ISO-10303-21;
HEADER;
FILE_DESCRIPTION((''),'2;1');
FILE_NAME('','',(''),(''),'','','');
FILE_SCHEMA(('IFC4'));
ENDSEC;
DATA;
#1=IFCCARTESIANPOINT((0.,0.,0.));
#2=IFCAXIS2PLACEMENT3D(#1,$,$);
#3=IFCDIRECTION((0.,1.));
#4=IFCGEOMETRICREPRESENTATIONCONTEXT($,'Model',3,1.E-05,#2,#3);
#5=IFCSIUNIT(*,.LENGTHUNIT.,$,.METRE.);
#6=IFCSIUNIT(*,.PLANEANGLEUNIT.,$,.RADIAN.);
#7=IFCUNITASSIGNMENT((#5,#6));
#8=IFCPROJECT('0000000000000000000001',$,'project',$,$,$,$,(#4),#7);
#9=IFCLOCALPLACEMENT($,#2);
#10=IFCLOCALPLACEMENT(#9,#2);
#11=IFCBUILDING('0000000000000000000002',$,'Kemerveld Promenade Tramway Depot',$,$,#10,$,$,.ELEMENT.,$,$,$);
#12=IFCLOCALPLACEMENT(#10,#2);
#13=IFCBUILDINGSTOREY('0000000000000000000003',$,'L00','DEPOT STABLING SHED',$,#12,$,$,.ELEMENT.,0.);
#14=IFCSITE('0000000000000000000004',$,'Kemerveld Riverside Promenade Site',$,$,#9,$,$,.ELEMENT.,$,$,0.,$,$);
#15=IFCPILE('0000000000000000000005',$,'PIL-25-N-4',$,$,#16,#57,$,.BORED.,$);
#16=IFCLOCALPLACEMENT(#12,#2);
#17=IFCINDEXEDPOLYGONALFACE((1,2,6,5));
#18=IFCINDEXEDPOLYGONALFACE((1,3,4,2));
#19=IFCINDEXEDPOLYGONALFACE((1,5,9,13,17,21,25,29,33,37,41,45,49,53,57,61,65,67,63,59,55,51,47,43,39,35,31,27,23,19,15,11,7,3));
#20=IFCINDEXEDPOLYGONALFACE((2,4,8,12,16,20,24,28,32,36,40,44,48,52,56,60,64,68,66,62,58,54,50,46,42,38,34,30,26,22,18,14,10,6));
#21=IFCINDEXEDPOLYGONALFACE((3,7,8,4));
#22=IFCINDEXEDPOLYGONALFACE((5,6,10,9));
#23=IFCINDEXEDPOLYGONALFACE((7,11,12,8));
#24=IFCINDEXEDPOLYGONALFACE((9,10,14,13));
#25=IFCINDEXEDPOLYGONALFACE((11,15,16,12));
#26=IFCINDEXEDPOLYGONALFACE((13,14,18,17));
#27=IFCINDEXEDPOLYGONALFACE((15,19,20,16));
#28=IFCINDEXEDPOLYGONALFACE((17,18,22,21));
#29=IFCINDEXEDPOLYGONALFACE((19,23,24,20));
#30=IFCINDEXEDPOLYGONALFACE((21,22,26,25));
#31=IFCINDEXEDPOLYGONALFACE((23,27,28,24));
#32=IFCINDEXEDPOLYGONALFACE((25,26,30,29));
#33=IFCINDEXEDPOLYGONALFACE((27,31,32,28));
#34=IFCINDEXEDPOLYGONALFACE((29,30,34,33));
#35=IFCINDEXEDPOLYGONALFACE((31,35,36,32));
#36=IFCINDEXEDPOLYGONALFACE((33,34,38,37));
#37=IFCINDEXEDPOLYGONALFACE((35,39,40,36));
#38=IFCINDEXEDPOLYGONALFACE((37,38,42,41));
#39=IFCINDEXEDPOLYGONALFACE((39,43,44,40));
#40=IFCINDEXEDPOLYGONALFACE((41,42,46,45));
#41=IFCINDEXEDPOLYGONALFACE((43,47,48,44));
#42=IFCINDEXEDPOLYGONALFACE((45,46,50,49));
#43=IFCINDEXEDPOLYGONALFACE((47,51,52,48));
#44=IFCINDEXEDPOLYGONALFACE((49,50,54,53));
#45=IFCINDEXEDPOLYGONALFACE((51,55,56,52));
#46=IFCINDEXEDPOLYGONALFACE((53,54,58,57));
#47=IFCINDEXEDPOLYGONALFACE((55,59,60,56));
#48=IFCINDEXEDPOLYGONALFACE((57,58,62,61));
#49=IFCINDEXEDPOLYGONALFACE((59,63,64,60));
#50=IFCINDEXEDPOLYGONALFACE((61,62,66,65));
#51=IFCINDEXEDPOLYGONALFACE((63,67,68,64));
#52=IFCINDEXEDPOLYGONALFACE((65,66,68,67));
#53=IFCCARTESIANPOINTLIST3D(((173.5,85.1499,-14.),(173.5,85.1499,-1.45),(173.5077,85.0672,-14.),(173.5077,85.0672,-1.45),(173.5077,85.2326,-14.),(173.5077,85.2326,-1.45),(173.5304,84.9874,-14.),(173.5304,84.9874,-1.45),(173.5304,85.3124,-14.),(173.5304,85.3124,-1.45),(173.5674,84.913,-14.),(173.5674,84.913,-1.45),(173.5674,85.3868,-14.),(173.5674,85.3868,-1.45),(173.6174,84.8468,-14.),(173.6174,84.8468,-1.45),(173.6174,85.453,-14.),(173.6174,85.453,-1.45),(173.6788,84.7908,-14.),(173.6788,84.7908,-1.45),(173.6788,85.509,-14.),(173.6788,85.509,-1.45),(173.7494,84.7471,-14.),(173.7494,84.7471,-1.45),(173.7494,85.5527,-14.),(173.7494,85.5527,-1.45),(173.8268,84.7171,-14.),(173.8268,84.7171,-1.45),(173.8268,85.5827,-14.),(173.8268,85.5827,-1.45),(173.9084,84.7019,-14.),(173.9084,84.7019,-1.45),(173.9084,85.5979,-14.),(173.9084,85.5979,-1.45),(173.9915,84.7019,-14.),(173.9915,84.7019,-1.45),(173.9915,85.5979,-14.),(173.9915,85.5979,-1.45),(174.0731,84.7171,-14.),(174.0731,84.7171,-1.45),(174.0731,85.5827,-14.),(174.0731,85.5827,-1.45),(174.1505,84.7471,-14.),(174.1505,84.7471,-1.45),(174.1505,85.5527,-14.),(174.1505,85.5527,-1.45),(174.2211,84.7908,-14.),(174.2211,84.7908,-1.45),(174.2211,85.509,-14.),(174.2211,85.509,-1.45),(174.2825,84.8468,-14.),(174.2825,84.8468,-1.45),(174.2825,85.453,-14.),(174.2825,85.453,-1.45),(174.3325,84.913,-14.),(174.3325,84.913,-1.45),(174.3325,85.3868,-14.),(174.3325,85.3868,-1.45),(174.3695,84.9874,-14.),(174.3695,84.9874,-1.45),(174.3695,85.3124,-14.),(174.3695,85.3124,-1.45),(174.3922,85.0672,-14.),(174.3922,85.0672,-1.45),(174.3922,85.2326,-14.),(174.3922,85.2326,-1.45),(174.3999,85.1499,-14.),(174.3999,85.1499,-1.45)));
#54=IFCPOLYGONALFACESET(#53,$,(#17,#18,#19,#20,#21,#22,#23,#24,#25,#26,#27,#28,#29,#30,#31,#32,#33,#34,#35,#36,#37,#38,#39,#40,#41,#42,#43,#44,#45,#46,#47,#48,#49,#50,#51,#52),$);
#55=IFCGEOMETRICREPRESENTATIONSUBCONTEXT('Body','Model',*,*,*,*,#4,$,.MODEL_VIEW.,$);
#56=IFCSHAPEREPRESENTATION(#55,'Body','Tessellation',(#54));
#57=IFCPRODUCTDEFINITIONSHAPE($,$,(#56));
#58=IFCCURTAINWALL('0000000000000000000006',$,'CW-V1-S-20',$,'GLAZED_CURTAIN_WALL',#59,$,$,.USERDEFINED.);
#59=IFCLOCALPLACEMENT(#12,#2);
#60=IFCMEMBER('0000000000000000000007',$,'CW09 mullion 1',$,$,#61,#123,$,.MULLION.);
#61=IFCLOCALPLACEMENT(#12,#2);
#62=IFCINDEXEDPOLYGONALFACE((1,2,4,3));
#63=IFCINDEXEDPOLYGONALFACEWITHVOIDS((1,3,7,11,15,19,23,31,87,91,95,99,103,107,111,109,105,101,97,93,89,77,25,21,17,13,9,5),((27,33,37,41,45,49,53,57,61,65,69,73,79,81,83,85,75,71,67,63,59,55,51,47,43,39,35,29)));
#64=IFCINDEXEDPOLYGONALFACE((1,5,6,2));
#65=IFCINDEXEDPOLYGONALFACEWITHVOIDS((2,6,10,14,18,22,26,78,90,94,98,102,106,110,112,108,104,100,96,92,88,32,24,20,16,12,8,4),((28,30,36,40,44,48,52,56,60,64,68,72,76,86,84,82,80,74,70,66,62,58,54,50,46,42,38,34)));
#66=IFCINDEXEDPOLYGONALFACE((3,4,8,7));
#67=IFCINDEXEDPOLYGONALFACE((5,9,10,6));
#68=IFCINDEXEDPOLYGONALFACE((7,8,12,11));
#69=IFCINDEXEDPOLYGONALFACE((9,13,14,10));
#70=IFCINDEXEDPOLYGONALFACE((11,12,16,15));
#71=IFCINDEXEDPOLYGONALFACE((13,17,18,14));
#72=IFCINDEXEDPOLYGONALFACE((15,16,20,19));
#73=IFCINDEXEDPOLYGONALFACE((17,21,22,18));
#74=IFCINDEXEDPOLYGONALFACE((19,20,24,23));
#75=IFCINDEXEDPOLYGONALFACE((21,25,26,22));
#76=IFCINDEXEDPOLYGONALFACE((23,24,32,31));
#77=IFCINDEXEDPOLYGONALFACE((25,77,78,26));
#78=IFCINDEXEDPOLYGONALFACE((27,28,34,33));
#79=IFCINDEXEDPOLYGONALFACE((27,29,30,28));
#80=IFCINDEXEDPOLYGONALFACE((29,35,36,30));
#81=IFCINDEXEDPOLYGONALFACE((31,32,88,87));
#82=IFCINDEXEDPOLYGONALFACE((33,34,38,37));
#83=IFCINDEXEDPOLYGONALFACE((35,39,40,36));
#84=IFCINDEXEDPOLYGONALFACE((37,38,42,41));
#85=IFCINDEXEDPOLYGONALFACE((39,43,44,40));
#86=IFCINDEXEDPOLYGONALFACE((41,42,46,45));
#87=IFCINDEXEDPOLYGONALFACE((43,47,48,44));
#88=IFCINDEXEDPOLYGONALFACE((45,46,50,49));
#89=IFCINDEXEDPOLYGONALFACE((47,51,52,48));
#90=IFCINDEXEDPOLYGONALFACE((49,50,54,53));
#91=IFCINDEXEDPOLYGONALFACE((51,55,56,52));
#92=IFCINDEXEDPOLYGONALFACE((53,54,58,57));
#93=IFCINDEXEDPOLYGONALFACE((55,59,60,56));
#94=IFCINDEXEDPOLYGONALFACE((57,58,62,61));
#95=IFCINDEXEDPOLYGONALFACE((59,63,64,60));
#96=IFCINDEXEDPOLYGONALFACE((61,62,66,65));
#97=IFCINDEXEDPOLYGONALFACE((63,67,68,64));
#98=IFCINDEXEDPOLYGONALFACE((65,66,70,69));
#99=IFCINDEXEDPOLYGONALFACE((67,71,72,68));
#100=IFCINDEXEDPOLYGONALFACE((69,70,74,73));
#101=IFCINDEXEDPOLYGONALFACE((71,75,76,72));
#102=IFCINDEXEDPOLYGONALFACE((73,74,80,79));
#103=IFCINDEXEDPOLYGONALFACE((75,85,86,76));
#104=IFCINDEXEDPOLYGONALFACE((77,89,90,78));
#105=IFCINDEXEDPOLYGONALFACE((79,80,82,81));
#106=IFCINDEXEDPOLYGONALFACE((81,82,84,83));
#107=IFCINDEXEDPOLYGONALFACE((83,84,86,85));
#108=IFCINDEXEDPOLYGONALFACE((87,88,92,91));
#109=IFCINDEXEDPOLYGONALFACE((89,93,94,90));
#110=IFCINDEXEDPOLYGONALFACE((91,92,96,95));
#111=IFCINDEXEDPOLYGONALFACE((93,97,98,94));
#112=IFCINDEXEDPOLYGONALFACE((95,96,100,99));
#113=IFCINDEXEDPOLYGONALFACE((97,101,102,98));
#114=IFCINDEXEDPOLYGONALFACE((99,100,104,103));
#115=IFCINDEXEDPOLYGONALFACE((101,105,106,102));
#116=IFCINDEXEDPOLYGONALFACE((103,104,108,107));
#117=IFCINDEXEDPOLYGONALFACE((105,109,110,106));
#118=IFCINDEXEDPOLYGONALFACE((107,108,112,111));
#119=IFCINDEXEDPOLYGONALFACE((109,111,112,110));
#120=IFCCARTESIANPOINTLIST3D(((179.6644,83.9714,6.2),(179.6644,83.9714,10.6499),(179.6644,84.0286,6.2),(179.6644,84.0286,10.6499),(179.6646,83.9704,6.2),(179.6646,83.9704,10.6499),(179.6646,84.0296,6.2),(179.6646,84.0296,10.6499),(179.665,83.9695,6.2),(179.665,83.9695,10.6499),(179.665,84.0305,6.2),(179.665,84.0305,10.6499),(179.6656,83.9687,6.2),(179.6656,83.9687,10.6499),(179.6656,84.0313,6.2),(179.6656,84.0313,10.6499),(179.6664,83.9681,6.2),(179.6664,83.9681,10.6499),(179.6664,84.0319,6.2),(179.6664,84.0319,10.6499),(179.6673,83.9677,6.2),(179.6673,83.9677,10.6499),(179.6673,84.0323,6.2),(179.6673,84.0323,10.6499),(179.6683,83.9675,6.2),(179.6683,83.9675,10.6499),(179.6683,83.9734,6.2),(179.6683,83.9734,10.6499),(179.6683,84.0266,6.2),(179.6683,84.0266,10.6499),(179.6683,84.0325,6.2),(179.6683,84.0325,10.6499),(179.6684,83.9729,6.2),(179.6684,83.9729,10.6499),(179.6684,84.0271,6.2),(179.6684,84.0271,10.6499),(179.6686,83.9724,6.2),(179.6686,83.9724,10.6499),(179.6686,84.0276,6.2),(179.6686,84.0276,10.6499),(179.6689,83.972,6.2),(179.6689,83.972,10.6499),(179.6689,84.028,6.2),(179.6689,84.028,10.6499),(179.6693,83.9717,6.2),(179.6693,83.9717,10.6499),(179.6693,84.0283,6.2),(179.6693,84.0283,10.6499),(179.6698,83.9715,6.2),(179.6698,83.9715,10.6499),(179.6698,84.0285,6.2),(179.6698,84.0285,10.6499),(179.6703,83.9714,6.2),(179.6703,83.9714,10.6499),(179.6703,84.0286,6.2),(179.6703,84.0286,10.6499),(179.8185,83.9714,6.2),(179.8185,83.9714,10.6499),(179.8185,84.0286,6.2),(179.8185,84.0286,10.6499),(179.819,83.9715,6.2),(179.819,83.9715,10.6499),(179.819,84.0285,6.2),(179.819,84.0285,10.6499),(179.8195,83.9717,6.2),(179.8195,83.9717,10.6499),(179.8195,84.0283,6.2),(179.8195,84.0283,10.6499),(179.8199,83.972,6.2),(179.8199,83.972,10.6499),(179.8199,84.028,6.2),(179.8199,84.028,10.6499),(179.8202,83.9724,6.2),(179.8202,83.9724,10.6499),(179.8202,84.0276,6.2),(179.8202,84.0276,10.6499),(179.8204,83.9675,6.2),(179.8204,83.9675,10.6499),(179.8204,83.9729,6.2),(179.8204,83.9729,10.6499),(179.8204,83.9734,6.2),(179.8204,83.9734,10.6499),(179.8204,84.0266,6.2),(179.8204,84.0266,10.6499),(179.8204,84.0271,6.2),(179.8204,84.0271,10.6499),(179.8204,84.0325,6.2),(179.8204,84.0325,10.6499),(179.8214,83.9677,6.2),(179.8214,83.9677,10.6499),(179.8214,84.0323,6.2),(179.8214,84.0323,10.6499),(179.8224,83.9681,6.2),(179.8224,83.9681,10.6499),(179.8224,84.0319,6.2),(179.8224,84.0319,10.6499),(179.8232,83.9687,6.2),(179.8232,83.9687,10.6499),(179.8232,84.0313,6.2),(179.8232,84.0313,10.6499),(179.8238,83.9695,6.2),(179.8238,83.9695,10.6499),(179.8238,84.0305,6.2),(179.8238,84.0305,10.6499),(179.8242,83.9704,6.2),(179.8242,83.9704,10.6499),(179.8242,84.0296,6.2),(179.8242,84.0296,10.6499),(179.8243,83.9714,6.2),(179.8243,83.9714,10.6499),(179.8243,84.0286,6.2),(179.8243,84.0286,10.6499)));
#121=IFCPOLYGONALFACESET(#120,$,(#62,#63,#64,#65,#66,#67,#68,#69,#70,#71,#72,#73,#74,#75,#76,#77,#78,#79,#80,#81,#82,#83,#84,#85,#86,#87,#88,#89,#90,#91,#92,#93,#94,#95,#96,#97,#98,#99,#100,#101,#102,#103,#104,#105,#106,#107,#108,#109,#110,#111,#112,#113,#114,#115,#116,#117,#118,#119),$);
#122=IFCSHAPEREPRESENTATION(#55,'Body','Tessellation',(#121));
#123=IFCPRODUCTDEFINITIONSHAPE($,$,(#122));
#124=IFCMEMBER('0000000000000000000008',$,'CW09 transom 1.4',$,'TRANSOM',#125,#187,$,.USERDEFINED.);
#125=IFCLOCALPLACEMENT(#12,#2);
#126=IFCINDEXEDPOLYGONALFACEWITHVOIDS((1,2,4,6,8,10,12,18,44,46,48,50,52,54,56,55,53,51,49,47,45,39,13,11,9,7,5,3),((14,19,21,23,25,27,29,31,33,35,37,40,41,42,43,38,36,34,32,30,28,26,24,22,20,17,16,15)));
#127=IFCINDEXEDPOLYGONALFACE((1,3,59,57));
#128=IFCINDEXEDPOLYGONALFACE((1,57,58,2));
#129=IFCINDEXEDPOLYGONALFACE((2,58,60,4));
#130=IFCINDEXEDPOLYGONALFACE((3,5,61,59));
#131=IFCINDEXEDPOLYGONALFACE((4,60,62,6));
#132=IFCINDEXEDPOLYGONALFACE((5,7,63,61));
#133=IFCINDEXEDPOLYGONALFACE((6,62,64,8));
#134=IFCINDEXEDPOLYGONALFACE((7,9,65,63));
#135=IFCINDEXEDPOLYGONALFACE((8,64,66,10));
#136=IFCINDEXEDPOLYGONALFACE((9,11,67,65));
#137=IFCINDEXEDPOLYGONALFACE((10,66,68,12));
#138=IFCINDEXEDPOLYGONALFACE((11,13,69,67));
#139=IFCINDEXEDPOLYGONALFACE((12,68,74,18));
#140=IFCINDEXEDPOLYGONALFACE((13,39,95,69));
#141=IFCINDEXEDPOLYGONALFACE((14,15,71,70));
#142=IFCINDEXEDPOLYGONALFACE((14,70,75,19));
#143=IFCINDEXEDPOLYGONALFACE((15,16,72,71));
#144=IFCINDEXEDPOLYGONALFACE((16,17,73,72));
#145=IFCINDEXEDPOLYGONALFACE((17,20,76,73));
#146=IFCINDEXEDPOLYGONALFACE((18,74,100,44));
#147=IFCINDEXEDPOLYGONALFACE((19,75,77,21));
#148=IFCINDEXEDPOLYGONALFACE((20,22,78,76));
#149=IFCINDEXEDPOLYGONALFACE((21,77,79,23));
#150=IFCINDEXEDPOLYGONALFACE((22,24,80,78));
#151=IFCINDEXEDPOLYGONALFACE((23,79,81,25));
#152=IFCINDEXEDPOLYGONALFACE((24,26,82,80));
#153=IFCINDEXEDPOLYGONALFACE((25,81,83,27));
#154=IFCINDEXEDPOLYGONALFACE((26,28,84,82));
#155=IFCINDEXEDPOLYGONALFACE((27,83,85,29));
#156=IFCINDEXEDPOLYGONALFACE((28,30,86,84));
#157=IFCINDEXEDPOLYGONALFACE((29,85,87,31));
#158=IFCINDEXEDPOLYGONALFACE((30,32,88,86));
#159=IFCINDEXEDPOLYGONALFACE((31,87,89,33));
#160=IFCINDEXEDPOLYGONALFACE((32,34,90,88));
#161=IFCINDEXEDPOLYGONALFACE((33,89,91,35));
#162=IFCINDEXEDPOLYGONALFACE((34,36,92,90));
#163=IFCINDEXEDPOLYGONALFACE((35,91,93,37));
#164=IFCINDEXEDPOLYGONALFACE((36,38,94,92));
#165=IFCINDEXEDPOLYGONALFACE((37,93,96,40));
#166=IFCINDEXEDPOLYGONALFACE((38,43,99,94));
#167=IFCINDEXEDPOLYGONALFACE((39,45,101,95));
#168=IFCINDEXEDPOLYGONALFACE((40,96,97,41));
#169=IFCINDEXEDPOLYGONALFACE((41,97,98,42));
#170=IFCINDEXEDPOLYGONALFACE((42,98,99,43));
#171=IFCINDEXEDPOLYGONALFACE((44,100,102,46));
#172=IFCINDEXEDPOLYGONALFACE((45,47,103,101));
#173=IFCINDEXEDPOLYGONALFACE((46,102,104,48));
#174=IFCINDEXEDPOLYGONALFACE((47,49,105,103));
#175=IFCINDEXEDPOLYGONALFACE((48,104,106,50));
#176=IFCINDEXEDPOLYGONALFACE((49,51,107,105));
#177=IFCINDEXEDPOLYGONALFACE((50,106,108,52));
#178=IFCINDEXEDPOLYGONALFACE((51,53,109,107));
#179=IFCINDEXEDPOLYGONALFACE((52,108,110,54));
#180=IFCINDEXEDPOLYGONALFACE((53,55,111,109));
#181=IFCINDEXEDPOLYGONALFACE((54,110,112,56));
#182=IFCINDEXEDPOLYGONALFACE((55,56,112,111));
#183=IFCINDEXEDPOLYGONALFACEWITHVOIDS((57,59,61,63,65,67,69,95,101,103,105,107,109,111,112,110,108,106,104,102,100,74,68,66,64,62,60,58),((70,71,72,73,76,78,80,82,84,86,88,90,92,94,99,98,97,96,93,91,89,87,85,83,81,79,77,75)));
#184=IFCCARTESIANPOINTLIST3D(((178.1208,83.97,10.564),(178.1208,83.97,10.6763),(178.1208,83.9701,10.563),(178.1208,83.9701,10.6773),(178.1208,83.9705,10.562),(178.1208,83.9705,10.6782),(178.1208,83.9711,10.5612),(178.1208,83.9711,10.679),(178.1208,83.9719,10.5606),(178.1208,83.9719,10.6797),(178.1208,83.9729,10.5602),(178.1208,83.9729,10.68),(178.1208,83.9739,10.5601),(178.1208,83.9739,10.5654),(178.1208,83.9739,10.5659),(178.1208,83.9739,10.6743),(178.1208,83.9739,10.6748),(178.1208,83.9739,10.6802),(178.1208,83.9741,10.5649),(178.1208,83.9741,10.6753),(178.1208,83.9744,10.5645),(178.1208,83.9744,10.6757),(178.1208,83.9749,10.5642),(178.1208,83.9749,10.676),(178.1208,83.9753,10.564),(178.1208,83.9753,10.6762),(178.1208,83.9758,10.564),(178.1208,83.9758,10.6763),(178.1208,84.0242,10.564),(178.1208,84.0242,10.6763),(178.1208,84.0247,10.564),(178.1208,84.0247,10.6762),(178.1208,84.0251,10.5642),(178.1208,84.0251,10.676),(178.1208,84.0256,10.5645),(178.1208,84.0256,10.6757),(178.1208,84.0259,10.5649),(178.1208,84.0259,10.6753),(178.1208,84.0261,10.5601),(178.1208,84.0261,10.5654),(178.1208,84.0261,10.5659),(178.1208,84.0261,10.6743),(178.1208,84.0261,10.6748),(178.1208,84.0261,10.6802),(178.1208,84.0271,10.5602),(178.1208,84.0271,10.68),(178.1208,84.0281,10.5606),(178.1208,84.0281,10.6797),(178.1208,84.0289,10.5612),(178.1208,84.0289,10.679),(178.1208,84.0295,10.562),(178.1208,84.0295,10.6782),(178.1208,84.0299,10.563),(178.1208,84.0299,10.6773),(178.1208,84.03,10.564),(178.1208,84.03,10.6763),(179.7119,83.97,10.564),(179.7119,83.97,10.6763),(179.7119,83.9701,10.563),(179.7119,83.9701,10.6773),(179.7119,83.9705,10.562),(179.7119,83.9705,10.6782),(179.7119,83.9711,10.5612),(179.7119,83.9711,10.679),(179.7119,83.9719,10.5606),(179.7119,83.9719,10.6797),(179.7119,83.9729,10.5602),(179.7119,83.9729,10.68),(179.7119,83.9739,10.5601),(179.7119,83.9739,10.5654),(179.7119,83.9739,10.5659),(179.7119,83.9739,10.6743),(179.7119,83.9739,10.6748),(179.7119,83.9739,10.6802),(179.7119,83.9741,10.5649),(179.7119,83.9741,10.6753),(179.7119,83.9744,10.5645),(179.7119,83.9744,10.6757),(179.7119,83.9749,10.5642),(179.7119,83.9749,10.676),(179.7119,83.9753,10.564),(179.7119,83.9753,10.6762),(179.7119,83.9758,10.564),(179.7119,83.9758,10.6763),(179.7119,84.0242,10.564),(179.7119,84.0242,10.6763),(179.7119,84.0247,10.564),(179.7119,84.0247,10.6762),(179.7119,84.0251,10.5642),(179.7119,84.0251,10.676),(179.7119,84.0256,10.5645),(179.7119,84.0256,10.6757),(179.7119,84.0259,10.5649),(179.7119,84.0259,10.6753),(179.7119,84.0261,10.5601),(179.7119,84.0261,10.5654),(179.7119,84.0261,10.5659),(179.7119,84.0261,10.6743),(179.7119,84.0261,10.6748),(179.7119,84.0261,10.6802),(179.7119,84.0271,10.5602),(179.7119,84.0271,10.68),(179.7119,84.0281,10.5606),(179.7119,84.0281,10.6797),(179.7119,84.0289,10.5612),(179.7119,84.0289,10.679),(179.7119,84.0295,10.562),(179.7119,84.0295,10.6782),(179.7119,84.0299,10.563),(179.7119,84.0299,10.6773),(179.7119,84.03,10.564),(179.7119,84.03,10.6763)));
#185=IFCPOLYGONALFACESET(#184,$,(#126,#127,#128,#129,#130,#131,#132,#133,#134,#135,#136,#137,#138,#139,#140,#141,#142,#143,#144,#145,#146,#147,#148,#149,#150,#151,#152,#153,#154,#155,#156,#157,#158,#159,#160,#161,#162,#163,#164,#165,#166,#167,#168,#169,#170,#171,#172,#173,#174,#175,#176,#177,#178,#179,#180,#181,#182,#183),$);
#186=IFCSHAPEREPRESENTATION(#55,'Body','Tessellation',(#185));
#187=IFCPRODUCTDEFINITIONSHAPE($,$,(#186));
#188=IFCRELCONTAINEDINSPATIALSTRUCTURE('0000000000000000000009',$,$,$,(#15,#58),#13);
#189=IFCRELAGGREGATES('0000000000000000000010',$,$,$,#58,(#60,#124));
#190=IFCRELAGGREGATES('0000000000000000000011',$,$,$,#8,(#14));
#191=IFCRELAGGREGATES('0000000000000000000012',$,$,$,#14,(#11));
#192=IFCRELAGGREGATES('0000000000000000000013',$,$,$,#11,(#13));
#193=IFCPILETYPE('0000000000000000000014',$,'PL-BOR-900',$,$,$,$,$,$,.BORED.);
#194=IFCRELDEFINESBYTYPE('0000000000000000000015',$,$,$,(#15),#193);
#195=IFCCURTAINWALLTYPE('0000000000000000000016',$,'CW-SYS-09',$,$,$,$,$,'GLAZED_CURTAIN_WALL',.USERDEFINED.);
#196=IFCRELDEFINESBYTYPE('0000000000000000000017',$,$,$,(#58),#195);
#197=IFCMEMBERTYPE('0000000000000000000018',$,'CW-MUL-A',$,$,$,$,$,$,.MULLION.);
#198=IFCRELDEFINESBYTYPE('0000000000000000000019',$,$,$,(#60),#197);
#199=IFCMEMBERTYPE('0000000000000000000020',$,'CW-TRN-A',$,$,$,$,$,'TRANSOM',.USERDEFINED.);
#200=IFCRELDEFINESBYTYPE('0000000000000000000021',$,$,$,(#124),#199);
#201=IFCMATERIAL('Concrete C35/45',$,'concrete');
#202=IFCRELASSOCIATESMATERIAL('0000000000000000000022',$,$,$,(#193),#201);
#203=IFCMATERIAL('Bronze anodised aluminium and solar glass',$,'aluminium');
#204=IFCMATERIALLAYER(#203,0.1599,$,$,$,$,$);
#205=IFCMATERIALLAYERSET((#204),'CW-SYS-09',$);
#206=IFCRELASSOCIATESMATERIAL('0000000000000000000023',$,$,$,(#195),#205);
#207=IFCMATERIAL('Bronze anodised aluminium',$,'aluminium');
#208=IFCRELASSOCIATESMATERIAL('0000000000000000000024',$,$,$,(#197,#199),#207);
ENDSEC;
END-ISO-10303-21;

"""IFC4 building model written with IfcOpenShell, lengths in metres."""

from ifc_helpers import new_model, si_unit, direction, frame, origin, origin_2d, place, context, subcontext, project, spatial, hollow_rectangle, circle, extrude, material, layer, layer_set, material_profile, profile_set, type_object, element, aggregate, save


model = new_model("IFC4")

# Units and contexts
model_context = context("Model", 3, precision=1e-05, world=origin(), true_north=direction((0.0, 1.0)))
body_context = subcontext(model_context, "Body", "Model", "MODEL_VIEW")
ifc_project = project(units=[si_unit("LENGTHUNIT", "METRE"), si_unit("PLANEANGLEUNIT", "RADIAN")], contexts=[model_context])

# Site, building, storey
site_placement = place(None, origin())
site = spatial("IfcSite", under=ifc_project, at=site_placement, Name="Kemerveld Riverside Promenade Site", CompositionType="ELEMENT", RefElevation=0.0)
building_placement = place(site_placement, origin())
building = spatial("IfcBuilding", under=site, at=building_placement, Name="Kemerveld Promenade Tramway Depot", CompositionType="ELEMENT")
storey_placement = place(building_placement, origin())
storey = spatial("IfcBuildingStorey", under=building, at=storey_placement, Name="L00", Description="DEPOT STABLING SHED", CompositionType="ELEMENT", Elevation=0.0)

# Shared definitions
ifc_material_1 = material(Name="Concrete C35/45", Category="concrete")

# Pile
ifc_material_profile_1 = material_profile(ifc_material_1, circle(Radius=0.45, at=origin_2d()), Name="PILE-D900")
ifc_profile_set_1 = profile_set([ifc_material_profile_1], Name="Concrete C35/45")
pile_type_1 = type_object("IfcPileType", Name="PL-BOR-900", PredefinedType="BORED", material=ifc_profile_set_1)
for number, where, z_axis, x_axis, name in (
    (1, (173.95, 85.1499, -1.45), (0.0, 0.0, -1.0), (1.0, 0.0, 0.0), "PIL-25-N-4"),
):
    element("IfcPile", number, at=place(storey_placement, frame(where, z_axis=z_axis, x_axis=x_axis)), inside=storey, type_object=pile_type_1, Name=name, PredefinedType="BORED", context=body_context, shape_type="SweptSolid", body=[
        extrude(circle(Radius=0.45, at=origin_2d()), origin(), (0.0, 0.0, 1.0), 12.55),
    ])

# Curtain wall, members
ifc_material_2 = material(Name="Bronze anodised aluminium and solar glass", Category="aluminium")
ifc_layer_1 = layer(ifc_material_2, 0.1599)
ifc_layer_set_1 = layer_set([ifc_layer_1], Name="CW-SYS-09")
curtain_wall_type = type_object("IfcCurtainWallType", Name="CW-SYS-09", ElementType="GLAZED_CURTAIN_WALL", PredefinedType="USERDEFINED", material=ifc_layer_set_1)
curtain_wall_placement = place(storey_placement, origin())
curtain_wall = element("IfcCurtainWall", 2, at=curtain_wall_placement, inside=storey, type_object=curtain_wall_type, Name="CW-V1-S-20", ObjectType="GLAZED_CURTAIN_WALL", PredefinedType="USERDEFINED")
ifc_material_3 = material(Name="Bronze anodised aluminium", Category="aluminium")
ifc_material_profile_2 = material_profile(ifc_material_3, hollow_rectangle(XDim=0.0649, YDim=0.1599, WallThickness=0.0039, InnerFilletRadius=0.002, OuterFilletRadius=0.0039, at=origin_2d()), Name="CW-MUL-160x65")
ifc_profile_set_2 = profile_set([ifc_material_profile_2], Name="Bronze anodised aluminium")
member_type_1 = type_object("IfcMemberType", Name="CW-MUL-A", PredefinedType="MULLION", material=ifc_profile_set_2)
member_1_placement = place(storey_placement, frame((179.7444, 84.0, 6.2), z_axis=(0.0, 0.0, 1.0), x_axis=(0.0, -1.0, 0.0)))
member_1 = element("IfcMember", 3, at=member_1_placement, type_object=member_type_1, Name="CW09 mullion 1", PredefinedType="MULLION", context=body_context, shape_type="SweptSolid", body=[
    extrude(hollow_rectangle(XDim=0.0649, YDim=0.1599, WallThickness=0.0039, InnerFilletRadius=0.002, OuterFilletRadius=0.0039, at=origin_2d()), origin(), (0.0, 0.0, 1.0), 4.45),
])
ifc_material_profile_3 = material_profile(ifc_material_3, hollow_rectangle(XDim=0.0601, YDim=0.1201, WallThickness=0.0039, InnerFilletRadius=0.002, OuterFilletRadius=0.0039, at=origin_2d()), Name="CW-TRN-120x60")
ifc_profile_set_3 = profile_set([ifc_material_profile_3], Name="Bronze anodised aluminium")
member_type_2 = type_object("IfcMemberType", Name="CW-TRN-A", ElementType="TRANSOM", PredefinedType="USERDEFINED", material=ifc_profile_set_3)
member_2_placement = place(storey_placement, frame((179.7119, 84.0, 10.6201), z_axis=(-1.0, 0.0, 0.0), x_axis=(0.0, -1.0, 0.0)))
member_2 = element("IfcMember", 4, at=member_2_placement, type_object=member_type_2, Name="CW09 transom 1.4", ObjectType="TRANSOM", PredefinedType="USERDEFINED", context=body_context, shape_type="SweptSolid", body=[
    extrude(hollow_rectangle(XDim=0.0601, YDim=0.1201, WallThickness=0.0039, InnerFilletRadius=0.002, OuterFilletRadius=0.0039, at=origin_2d()), origin(), (0.0, 0.0, 1.0), 1.5911),
])
aggregate(curtain_wall, [member_1, member_2])

save(model, "model.ifc")
